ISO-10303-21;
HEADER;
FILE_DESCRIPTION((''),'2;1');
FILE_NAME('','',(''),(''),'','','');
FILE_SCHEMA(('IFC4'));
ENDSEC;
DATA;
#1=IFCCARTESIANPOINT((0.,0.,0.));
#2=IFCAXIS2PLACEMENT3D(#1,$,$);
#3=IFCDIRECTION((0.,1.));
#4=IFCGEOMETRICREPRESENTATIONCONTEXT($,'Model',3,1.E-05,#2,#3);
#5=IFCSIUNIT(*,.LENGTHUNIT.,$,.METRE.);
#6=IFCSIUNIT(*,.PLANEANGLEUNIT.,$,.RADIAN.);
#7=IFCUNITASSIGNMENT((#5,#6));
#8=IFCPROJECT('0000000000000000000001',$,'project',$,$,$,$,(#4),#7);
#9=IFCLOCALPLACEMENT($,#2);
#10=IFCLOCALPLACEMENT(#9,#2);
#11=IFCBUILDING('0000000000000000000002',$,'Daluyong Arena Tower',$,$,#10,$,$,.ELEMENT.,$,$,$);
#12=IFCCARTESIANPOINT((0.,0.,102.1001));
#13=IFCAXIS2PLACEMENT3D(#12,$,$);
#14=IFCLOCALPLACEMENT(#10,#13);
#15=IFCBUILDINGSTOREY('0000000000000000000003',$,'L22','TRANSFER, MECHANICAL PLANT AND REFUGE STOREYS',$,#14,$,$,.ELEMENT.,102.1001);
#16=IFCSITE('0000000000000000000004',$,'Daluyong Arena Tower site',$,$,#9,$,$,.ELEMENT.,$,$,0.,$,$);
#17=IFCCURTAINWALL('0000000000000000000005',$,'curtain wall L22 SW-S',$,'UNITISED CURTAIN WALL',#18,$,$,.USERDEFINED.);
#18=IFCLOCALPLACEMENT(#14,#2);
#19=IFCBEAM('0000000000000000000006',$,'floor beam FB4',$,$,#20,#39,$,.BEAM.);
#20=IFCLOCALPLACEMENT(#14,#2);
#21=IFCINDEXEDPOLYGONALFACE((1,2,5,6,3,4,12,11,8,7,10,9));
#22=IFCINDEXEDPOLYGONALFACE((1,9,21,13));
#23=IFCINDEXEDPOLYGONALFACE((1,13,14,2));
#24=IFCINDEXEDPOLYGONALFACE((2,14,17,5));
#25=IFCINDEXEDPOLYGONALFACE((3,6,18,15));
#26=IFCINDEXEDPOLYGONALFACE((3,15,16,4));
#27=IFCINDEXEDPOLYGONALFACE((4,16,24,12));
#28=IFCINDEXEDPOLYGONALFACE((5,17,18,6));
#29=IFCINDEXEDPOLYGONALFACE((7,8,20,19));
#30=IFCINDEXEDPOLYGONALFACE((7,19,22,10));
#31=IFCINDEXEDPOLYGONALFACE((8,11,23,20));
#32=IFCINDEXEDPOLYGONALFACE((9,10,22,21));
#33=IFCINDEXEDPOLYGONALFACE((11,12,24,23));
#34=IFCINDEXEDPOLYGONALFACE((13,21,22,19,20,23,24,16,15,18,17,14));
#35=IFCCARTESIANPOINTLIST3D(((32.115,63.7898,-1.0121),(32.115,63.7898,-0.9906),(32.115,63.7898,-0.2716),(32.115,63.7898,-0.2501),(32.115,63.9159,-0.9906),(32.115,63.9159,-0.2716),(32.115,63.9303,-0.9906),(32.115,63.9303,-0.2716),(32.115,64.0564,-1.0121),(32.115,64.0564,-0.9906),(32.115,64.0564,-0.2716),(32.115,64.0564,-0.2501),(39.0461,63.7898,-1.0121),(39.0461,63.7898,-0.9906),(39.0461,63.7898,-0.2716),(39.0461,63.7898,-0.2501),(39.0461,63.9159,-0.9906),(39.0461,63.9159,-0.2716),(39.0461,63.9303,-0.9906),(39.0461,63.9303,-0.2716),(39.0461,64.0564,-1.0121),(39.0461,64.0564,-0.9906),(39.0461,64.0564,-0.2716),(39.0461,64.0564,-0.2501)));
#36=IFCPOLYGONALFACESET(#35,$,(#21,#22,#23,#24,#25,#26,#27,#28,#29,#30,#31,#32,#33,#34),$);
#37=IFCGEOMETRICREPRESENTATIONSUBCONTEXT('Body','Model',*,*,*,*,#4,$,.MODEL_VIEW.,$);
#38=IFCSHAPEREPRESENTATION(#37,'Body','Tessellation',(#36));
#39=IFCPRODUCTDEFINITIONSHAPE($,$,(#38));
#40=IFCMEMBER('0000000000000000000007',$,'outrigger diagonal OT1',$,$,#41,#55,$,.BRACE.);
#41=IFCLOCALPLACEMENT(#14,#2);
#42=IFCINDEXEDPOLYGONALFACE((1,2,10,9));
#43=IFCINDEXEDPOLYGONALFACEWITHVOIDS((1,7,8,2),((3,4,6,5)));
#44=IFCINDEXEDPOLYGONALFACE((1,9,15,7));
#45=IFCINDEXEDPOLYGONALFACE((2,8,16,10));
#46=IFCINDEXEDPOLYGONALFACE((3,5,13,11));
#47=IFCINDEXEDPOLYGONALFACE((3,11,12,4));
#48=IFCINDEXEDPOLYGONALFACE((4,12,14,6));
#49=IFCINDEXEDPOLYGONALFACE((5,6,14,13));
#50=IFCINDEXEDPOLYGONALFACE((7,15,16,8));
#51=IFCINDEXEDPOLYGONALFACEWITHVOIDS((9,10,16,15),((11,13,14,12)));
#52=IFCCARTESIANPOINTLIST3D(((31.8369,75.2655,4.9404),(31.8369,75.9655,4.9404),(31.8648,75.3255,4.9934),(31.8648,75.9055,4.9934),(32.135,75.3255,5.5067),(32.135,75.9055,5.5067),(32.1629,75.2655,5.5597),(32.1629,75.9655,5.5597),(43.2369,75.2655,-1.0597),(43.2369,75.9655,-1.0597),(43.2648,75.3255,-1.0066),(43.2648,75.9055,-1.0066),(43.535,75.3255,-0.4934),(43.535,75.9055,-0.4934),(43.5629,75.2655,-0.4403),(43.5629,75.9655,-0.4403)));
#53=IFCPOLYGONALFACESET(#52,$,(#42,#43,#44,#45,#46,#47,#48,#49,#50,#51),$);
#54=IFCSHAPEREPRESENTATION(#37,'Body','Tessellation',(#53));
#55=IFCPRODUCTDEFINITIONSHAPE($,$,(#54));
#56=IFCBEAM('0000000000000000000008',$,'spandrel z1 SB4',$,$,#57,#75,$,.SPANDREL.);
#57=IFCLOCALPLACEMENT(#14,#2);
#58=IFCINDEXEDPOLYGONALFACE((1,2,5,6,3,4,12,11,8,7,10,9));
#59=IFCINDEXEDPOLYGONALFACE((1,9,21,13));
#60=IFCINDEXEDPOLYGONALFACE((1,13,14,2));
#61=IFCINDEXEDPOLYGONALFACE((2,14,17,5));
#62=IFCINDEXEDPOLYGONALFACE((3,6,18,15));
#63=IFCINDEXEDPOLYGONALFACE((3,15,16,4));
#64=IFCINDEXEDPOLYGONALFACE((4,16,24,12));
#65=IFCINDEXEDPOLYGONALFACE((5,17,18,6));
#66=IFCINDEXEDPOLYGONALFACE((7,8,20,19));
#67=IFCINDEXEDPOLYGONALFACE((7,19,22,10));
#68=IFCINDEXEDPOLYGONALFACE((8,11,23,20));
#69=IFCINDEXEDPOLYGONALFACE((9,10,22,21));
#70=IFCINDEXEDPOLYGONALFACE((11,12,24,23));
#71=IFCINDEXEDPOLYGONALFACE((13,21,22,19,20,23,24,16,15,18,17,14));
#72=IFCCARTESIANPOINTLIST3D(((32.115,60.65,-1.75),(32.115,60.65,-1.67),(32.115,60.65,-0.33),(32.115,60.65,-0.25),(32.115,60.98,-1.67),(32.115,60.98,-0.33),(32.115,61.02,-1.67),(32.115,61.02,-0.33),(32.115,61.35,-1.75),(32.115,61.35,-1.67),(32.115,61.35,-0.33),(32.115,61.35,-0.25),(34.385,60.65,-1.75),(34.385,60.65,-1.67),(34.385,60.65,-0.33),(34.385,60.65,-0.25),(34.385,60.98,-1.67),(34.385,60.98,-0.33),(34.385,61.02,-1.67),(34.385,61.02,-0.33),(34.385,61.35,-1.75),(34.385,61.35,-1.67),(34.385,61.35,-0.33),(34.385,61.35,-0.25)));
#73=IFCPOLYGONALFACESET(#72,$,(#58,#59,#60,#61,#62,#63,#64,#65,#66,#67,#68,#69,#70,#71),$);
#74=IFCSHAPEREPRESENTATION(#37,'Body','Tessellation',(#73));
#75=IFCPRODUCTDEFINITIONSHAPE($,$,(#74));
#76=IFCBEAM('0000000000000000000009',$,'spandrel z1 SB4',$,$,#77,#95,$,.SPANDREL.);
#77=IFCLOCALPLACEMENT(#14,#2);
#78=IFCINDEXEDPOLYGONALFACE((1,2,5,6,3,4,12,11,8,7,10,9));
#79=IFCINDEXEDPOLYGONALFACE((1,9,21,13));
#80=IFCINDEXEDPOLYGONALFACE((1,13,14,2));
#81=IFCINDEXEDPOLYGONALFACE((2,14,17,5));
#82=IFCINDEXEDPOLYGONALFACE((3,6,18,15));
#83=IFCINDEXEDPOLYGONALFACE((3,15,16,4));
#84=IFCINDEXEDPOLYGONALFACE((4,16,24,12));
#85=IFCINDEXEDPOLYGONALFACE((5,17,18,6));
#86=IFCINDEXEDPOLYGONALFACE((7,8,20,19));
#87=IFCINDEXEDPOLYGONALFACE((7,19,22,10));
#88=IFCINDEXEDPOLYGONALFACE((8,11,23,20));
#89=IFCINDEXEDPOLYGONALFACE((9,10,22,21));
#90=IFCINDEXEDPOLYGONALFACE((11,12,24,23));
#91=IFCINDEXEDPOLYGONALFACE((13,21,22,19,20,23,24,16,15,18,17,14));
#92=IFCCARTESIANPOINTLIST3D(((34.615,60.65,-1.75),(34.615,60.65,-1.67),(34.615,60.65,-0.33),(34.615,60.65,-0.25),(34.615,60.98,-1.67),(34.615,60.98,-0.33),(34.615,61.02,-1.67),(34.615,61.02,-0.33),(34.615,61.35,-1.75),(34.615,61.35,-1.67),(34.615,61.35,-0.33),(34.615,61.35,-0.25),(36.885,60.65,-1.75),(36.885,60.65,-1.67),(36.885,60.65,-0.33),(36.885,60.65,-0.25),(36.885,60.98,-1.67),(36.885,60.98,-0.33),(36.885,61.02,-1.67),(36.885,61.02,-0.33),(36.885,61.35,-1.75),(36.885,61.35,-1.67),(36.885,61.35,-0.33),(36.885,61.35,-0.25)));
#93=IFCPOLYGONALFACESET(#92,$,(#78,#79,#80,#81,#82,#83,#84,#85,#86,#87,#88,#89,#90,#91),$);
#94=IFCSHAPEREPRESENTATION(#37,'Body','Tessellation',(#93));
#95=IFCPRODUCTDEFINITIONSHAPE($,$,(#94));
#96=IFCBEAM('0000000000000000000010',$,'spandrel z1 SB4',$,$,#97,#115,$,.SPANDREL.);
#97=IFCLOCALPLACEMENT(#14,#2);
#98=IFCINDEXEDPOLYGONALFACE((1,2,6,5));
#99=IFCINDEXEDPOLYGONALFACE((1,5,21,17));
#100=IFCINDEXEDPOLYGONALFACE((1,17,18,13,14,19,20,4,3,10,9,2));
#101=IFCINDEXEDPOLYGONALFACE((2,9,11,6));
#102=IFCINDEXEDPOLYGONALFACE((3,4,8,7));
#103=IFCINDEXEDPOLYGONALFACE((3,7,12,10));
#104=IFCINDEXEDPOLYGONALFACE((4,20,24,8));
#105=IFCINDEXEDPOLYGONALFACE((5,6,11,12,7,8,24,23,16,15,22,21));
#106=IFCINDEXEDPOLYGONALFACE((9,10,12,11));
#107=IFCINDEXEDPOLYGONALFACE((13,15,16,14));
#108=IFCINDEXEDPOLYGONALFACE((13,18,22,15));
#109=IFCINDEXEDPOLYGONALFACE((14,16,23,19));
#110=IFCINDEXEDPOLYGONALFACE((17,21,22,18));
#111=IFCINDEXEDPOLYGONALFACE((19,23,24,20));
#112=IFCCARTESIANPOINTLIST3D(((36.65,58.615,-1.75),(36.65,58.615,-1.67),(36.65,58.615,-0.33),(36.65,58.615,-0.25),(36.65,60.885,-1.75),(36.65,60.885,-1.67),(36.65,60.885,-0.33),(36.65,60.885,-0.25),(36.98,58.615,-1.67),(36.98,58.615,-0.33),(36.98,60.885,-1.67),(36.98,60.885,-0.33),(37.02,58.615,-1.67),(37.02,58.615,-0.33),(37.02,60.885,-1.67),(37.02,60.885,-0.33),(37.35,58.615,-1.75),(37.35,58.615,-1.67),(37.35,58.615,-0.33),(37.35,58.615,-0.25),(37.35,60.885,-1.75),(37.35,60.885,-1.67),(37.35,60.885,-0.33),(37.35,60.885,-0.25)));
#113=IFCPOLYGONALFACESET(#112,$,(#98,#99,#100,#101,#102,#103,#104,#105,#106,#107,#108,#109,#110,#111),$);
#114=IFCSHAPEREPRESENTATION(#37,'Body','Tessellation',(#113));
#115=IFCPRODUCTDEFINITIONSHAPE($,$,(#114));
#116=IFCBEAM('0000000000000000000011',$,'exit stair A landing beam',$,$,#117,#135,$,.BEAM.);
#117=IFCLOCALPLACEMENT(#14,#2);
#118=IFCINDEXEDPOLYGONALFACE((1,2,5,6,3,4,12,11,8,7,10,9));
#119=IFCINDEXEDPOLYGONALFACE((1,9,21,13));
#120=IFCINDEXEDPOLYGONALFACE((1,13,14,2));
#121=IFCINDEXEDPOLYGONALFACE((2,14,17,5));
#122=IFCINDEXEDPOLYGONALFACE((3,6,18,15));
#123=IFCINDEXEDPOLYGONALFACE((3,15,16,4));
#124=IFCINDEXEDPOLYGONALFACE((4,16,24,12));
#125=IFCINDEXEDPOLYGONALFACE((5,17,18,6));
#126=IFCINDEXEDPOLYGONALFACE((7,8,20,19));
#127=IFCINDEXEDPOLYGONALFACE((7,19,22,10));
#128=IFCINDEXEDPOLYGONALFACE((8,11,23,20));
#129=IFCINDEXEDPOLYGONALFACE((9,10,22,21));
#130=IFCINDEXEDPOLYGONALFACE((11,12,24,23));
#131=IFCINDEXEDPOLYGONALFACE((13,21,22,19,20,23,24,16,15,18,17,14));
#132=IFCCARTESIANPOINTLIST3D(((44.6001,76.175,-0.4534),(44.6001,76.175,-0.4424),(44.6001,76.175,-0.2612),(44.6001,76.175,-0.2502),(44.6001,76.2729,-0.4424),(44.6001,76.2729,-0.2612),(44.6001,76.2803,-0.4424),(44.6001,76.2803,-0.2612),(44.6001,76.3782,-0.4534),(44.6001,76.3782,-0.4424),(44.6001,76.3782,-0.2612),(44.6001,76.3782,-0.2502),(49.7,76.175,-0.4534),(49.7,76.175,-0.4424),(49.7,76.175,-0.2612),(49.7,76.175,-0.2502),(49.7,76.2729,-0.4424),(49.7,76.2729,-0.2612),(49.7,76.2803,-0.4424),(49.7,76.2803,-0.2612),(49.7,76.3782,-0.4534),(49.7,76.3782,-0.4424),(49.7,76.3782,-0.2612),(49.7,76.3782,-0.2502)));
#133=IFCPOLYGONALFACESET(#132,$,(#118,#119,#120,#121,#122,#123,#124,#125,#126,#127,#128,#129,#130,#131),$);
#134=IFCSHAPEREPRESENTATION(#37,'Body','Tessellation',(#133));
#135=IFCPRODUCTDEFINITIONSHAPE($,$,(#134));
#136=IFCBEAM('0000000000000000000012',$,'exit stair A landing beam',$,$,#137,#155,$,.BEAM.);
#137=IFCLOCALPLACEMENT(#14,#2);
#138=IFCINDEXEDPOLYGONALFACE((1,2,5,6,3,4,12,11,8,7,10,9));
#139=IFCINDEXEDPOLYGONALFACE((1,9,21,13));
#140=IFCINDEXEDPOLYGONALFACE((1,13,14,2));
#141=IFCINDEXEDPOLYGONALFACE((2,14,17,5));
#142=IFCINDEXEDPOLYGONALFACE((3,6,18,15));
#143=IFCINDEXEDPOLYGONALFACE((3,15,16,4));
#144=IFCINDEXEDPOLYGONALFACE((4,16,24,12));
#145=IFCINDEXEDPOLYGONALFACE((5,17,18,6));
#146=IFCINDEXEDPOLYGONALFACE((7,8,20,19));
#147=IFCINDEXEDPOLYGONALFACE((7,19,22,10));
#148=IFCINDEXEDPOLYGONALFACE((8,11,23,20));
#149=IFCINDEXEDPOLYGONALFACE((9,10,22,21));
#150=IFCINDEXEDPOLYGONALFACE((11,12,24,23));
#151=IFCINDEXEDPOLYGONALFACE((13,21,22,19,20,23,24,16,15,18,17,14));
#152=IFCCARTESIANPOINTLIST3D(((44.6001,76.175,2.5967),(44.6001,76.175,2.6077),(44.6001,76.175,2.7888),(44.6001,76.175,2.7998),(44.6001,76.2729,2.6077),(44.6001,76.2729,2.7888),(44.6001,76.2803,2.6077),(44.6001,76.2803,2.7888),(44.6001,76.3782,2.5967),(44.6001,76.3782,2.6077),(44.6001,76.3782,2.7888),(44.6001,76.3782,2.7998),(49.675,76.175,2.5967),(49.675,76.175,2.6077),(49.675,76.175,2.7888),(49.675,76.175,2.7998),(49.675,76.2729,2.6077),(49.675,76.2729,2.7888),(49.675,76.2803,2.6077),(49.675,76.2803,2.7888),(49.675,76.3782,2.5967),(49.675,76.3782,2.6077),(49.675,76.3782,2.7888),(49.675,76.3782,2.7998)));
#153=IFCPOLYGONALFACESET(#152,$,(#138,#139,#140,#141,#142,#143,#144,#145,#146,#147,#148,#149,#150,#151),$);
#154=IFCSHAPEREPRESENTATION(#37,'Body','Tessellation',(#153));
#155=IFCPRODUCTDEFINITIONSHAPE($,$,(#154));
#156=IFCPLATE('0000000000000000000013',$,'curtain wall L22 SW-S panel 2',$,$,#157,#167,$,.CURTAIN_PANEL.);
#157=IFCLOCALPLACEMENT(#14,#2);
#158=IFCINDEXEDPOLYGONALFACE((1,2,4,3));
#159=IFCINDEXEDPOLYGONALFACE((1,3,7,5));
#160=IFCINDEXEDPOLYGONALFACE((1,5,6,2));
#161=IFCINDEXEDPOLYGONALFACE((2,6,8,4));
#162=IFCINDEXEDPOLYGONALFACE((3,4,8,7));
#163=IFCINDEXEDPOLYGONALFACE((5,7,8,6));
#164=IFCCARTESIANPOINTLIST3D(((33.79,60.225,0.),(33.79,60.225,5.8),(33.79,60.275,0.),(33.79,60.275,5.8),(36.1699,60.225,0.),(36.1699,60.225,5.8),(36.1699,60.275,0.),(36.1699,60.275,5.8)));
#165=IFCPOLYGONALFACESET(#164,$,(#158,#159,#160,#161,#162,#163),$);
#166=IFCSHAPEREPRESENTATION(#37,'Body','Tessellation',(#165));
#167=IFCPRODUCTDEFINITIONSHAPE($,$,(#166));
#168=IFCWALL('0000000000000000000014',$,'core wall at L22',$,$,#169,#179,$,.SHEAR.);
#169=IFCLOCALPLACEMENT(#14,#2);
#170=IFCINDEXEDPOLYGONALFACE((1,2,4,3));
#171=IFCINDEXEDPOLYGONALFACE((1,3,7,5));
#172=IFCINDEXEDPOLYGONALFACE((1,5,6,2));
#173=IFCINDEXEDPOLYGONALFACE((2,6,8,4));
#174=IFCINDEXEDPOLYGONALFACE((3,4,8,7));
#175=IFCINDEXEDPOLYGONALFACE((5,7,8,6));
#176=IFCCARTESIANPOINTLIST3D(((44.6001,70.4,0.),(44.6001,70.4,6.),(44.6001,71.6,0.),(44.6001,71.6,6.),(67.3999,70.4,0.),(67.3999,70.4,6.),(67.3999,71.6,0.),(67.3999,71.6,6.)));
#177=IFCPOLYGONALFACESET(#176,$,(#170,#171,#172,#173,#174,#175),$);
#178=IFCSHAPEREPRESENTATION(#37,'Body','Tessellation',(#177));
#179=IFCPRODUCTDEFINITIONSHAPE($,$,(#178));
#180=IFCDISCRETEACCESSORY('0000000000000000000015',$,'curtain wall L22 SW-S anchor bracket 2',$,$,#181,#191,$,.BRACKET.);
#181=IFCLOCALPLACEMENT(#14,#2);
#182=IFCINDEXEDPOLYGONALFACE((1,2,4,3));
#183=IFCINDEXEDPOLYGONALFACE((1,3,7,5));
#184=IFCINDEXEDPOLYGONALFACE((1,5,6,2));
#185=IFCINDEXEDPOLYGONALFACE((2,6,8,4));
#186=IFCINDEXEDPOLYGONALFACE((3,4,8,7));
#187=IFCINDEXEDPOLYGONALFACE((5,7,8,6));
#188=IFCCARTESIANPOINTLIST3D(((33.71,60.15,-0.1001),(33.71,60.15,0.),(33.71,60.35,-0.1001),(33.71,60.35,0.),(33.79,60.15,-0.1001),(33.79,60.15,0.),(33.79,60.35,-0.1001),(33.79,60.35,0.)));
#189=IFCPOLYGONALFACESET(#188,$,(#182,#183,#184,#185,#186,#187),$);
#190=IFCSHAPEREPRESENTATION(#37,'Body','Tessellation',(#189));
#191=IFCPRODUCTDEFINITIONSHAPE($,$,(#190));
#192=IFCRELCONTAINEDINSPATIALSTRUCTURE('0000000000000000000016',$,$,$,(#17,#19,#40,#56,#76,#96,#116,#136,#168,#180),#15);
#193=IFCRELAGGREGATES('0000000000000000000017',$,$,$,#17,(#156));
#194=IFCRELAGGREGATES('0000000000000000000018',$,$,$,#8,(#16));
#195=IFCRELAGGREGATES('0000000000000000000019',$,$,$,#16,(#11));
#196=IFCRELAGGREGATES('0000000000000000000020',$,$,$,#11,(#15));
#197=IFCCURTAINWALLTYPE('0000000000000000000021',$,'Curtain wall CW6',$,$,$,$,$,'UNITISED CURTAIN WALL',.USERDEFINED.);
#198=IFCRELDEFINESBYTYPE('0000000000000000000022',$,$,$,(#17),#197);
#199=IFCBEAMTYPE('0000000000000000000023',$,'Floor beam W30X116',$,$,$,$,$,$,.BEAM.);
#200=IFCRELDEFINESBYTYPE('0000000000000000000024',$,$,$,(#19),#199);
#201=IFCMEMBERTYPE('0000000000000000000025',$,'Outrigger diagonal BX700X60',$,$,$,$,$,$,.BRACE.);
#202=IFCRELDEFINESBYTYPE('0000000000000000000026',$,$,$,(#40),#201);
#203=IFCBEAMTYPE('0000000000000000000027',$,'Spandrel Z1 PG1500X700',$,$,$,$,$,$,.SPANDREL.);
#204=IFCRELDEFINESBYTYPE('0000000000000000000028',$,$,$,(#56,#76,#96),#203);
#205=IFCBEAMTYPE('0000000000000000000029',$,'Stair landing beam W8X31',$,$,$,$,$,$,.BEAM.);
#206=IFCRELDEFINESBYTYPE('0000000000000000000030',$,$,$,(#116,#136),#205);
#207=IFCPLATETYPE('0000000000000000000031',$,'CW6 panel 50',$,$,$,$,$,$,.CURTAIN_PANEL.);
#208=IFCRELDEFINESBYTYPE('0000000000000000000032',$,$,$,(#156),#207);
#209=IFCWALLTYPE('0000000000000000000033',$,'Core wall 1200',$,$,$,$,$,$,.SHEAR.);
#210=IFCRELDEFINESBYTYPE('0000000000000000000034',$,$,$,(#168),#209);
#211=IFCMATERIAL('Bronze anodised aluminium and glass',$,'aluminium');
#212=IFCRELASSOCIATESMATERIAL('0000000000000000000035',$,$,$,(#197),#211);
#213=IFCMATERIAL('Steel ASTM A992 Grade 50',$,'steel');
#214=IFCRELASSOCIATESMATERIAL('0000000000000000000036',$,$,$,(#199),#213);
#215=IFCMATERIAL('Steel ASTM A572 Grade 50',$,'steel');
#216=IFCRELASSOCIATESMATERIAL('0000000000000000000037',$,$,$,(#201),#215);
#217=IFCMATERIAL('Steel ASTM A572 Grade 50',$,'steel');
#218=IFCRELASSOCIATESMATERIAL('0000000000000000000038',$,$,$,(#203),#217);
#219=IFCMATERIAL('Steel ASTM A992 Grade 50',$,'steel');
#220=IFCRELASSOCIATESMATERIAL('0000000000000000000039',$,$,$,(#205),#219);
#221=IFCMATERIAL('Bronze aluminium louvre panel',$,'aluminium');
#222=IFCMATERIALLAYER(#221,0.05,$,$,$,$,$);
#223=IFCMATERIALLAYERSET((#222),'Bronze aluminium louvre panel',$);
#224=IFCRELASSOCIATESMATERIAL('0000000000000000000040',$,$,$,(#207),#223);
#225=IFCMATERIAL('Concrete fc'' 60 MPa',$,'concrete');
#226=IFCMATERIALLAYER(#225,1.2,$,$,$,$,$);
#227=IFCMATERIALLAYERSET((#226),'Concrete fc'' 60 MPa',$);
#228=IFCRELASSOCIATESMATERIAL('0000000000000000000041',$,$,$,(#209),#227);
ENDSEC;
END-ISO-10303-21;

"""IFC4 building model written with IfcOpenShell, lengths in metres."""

from ifc_helpers import new_model, si_unit, direction, frame, frame_2d, origin, origin_2d, place, context, subcontext, project, spatial, rectangle, hollow_rectangle, i_section, extrude, material, layer, layer_set, material_profile, profile_set, type_object, element, aggregate, save


model = new_model("IFC4")

# Units and contexts
model_context = context("Model", 3, precision=1e-05, world=origin(), true_north=direction((0.0, 1.0)))
body_context = subcontext(model_context, "Body", "Model", "MODEL_VIEW")
ifc_project = project(units=[si_unit("LENGTHUNIT", "METRE"), si_unit("PLANEANGLEUNIT", "RADIAN")], contexts=[model_context])

# Site, building, storey
site_placement = place(None, origin())
site = spatial("IfcSite", under=ifc_project, at=site_placement, Name="Daluyong Arena Tower site", CompositionType="ELEMENT", RefElevation=0.0)
building_placement = place(site_placement, origin())
building = spatial("IfcBuilding", under=site, at=building_placement, Name="Daluyong Arena Tower", CompositionType="ELEMENT")
storey_placement = place(building_placement, frame((0.0, 0.0, 102.1001)))
storey = spatial("IfcBuildingStorey", under=building, at=storey_placement, Name="L22", Description="TRANSFER, MECHANICAL PLANT AND REFUGE STOREYS", CompositionType="ELEMENT", Elevation=102.1001)

# Curtain wall
ifc_material_1 = material(Name="Bronze anodised aluminium and glass", Category="aluminium")
curtain_wall_type = type_object("IfcCurtainWallType", Name="Curtain wall CW6", ElementType="UNITISED CURTAIN WALL", PredefinedType="USERDEFINED", material=ifc_material_1)
curtain_wall_placement = place(storey_placement, origin())
curtain_wall = element("IfcCurtainWall", 1, at=curtain_wall_placement, inside=storey, type_object=curtain_wall_type, Name="curtain wall L22 SW-S", ObjectType="UNITISED CURTAIN WALL", PredefinedType="USERDEFINED")

# Beam
ifc_material_2 = material(Name="Steel ASTM A992 Grade 50", Category="steel")
ifc_material_profile_1 = material_profile(ifc_material_2, i_section(OverallWidth=0.2666, OverallDepth=0.762, WebThickness=0.0144, FlangeThickness=0.0215, at=origin_2d()))
ifc_profile_set_1 = profile_set([ifc_material_profile_1], Name="Steel ASTM A992 Grade 50")
beam_type_1 = type_object("IfcBeamType", Name="Floor beam W30X116", PredefinedType="BEAM", material=ifc_profile_set_1)
beam_1_placement = place(storey_placement, frame((32.115, 63.9231, -0.6311), z_axis=(1.0, 0.0, 0.0), x_axis=(0.0, 1.0, 0.0)))
element("IfcBeam", 2, at=beam_1_placement, inside=storey, type_object=beam_type_1, Name="floor beam FB4", PredefinedType="BEAM", context=body_context, shape_type="SweptSolid", body=[
    extrude(i_section(OverallWidth=0.2666, OverallDepth=0.762, WebThickness=0.0144, FlangeThickness=0.0215, at=origin_2d()), origin(), (0.0, 0.0, 1.0), 6.9312),
])

# Member
ifc_material_3 = material(Name="Steel ASTM A572 Grade 50", Category="steel")
ifc_material_profile_2 = material_profile(ifc_material_3, hollow_rectangle(XDim=0.7, YDim=0.7, WallThickness=0.06, at=origin_2d()))
ifc_profile_set_2 = profile_set([ifc_material_profile_2], Name="Steel ASTM A572 Grade 50")
member_type_1 = type_object("IfcMemberType", Name="Outrigger diagonal BX700X60", PredefinedType="BRACE", material=ifc_profile_set_2)
member_1_placement = place(storey_placement, frame((43.3999, 75.6155, -0.75), z_axis=(-0.884917, 0.0, 0.46575), x_axis=(0.0, -1.0, 0.0)))
element("IfcMember", 3, at=member_1_placement, inside=storey, type_object=member_type_1, Name="outrigger diagonal OT1", PredefinedType="BRACE", context=body_context, shape_type="SweptSolid", body=[
    extrude(hollow_rectangle(XDim=0.7, YDim=0.7, WallThickness=0.06, at=origin_2d()), origin(), (0.0, 0.0, 1.0), 12.8826),
])

# Beams
ifc_material_4 = material(Name="Steel ASTM A572 Grade 50", Category="steel")
ifc_material_profile_3 = material_profile(ifc_material_4, i_section(OverallWidth=0.7, OverallDepth=1.5, WebThickness=0.04, FlangeThickness=0.08, at=origin_2d()))
ifc_profile_set_3 = profile_set([ifc_material_profile_3], Name="Steel ASTM A572 Grade 50")
beam_type_2 = type_object("IfcBeamType", Name="Spandrel Z1 PG1500X700", PredefinedType="SPANDREL", material=ifc_profile_set_3)
for number, where, z_axis, x_axis, name in (
    (4, (32.115, 61.0, -1.0), (1.0, 0.0, 0.0), (0.0, 1.0, 0.0), "spandrel z1 SB4"),
    (5, (34.615, 61.0, -1.0), (1.0, 0.0, 0.0), (0.0, 1.0, 0.0), "spandrel z1 SB4"),
    (6, (37.0, 60.885, -1.0), (0.0, -1.0, 0.0), (1.0, 0.0, 0.0), "spandrel z1 SB4"),
):
    element("IfcBeam", number, at=place(storey_placement, frame(where, z_axis=z_axis, x_axis=x_axis)), inside=storey, type_object=beam_type_2, Name=name, PredefinedType="SPANDREL", context=body_context, shape_type="SweptSolid", body=[
        extrude(i_section(OverallWidth=0.7, OverallDepth=1.5, WebThickness=0.04, FlangeThickness=0.08, at=origin_2d()), origin(), (0.0, 0.0, 1.0), 2.27),
    ])
ifc_material_5 = material(Name="Steel ASTM A992 Grade 50", Category="steel")
ifc_material_profile_4 = material_profile(ifc_material_5, i_section(OverallWidth=0.2031, OverallDepth=0.2031, WebThickness=0.0073, FlangeThickness=0.011, at=origin_2d()))
ifc_profile_set_4 = profile_set([ifc_material_profile_4], Name="Steel ASTM A992 Grade 50")
beam_type_3 = type_object("IfcBeamType", Name="Stair landing beam W8X31", PredefinedType="BEAM", material=ifc_profile_set_4)
beam_2_placement = place(storey_placement, frame((44.6001, 76.2766, -0.3518), z_axis=(1.0, 0.0, 0.0), x_axis=(0.0, 1.0, 0.0)))
element("IfcBeam", 7, at=beam_2_placement, inside=storey, type_object=beam_type_3, Name="exit stair A landing beam", PredefinedType="BEAM", context=body_context, shape_type="SweptSolid", body=[
    extrude(i_section(OverallWidth=0.2031, OverallDepth=0.2031, WebThickness=0.0073, FlangeThickness=0.011, at=origin_2d()), origin(), (0.0, 0.0, 1.0), 5.0999),
])
beam_3_placement = place(storey_placement, frame((44.6001, 76.2766, 2.6982), z_axis=(1.0, 0.0, 0.0), x_axis=(0.0, 1.0, 0.0)))
element("IfcBeam", 8, at=beam_3_placement, inside=storey, type_object=beam_type_3, Name="exit stair A landing beam", PredefinedType="BEAM", context=body_context, shape_type="SweptSolid", body=[
    extrude(i_section(OverallWidth=0.2031, OverallDepth=0.2031, WebThickness=0.0073, FlangeThickness=0.011, at=origin_2d()), origin(), (0.0, 0.0, 1.0), 5.075),
])

# Plate
ifc_material_6 = material(Name="Bronze aluminium louvre panel", Category="aluminium")
ifc_layer_1 = layer(ifc_material_6, 0.05)
ifc_layer_set_1 = layer_set([ifc_layer_1], Name="Bronze aluminium louvre panel")
plate_type = type_object("IfcPlateType", Name="CW6 panel 50", PredefinedType="CURTAIN_PANEL", material=ifc_layer_set_1)
plate_placement = place(storey_placement, frame((34.98, 60.25, 0.0), z_axis=(0.0, 0.0, 1.0), x_axis=(1.0, 0.0, 0.0)))
plate = element("IfcPlate", 9, at=plate_placement, type_object=plate_type, Name="curtain wall L22 SW-S panel 2", PredefinedType="CURTAIN_PANEL", context=body_context, shape_type="SweptSolid", body=[
    extrude(rectangle(XDim=2.3799, YDim=0.05, at=origin_2d()), origin(), (0.0, 0.0, 1.0), 5.8),
])
aggregate(curtain_wall, [plate])

# Shared definitions
ifc_material_7 = material(Name="Concrete fc' 60 MPa", Category="concrete")
ifc_layer_2 = layer(ifc_material_7, 1.2)
ifc_layer_set_2 = layer_set([ifc_layer_2], Name="Concrete fc' 60 MPa")
wall_type = type_object("IfcWallType", Name="Core wall 1200", PredefinedType="SHEAR", material=ifc_layer_set_2)

# Wall
wall_1_placement = place(storey_placement, frame((44.6001, 71.0, 0.0), z_axis=(0.0, 0.0, 1.0), x_axis=(1.0, 0.0, 0.0)))
element("IfcWall", 10, at=wall_1_placement, inside=storey, type_object=wall_type, Name="core wall at L22", PredefinedType="SHEAR", context=body_context, shape_type="SweptSolid", body=[
    extrude(rectangle(XDim=22.7998, YDim=1.2, at=frame_2d((11.3999, 0.0))), origin(), (0.0, 0.0, 1.0), 6.0),
])

# Discrete accessory
discrete_accessory_placement = place(storey_placement, frame((33.75, 60.25, -0.1001), z_axis=(0.0, 0.0, 1.0), x_axis=(1.0, 0.0, 0.0)))
element("IfcDiscreteAccessory", 11, at=discrete_accessory_placement, inside=storey, Name="curtain wall L22 SW-S anchor bracket 2", PredefinedType="BRACKET", context=body_context, shape_type="SweptSolid", body=[
    extrude(rectangle(XDim=0.0801, YDim=0.2, at=origin_2d()), origin(), (0.0, 0.0, 1.0), 0.1001),
])

save(model, "model.ifc")
